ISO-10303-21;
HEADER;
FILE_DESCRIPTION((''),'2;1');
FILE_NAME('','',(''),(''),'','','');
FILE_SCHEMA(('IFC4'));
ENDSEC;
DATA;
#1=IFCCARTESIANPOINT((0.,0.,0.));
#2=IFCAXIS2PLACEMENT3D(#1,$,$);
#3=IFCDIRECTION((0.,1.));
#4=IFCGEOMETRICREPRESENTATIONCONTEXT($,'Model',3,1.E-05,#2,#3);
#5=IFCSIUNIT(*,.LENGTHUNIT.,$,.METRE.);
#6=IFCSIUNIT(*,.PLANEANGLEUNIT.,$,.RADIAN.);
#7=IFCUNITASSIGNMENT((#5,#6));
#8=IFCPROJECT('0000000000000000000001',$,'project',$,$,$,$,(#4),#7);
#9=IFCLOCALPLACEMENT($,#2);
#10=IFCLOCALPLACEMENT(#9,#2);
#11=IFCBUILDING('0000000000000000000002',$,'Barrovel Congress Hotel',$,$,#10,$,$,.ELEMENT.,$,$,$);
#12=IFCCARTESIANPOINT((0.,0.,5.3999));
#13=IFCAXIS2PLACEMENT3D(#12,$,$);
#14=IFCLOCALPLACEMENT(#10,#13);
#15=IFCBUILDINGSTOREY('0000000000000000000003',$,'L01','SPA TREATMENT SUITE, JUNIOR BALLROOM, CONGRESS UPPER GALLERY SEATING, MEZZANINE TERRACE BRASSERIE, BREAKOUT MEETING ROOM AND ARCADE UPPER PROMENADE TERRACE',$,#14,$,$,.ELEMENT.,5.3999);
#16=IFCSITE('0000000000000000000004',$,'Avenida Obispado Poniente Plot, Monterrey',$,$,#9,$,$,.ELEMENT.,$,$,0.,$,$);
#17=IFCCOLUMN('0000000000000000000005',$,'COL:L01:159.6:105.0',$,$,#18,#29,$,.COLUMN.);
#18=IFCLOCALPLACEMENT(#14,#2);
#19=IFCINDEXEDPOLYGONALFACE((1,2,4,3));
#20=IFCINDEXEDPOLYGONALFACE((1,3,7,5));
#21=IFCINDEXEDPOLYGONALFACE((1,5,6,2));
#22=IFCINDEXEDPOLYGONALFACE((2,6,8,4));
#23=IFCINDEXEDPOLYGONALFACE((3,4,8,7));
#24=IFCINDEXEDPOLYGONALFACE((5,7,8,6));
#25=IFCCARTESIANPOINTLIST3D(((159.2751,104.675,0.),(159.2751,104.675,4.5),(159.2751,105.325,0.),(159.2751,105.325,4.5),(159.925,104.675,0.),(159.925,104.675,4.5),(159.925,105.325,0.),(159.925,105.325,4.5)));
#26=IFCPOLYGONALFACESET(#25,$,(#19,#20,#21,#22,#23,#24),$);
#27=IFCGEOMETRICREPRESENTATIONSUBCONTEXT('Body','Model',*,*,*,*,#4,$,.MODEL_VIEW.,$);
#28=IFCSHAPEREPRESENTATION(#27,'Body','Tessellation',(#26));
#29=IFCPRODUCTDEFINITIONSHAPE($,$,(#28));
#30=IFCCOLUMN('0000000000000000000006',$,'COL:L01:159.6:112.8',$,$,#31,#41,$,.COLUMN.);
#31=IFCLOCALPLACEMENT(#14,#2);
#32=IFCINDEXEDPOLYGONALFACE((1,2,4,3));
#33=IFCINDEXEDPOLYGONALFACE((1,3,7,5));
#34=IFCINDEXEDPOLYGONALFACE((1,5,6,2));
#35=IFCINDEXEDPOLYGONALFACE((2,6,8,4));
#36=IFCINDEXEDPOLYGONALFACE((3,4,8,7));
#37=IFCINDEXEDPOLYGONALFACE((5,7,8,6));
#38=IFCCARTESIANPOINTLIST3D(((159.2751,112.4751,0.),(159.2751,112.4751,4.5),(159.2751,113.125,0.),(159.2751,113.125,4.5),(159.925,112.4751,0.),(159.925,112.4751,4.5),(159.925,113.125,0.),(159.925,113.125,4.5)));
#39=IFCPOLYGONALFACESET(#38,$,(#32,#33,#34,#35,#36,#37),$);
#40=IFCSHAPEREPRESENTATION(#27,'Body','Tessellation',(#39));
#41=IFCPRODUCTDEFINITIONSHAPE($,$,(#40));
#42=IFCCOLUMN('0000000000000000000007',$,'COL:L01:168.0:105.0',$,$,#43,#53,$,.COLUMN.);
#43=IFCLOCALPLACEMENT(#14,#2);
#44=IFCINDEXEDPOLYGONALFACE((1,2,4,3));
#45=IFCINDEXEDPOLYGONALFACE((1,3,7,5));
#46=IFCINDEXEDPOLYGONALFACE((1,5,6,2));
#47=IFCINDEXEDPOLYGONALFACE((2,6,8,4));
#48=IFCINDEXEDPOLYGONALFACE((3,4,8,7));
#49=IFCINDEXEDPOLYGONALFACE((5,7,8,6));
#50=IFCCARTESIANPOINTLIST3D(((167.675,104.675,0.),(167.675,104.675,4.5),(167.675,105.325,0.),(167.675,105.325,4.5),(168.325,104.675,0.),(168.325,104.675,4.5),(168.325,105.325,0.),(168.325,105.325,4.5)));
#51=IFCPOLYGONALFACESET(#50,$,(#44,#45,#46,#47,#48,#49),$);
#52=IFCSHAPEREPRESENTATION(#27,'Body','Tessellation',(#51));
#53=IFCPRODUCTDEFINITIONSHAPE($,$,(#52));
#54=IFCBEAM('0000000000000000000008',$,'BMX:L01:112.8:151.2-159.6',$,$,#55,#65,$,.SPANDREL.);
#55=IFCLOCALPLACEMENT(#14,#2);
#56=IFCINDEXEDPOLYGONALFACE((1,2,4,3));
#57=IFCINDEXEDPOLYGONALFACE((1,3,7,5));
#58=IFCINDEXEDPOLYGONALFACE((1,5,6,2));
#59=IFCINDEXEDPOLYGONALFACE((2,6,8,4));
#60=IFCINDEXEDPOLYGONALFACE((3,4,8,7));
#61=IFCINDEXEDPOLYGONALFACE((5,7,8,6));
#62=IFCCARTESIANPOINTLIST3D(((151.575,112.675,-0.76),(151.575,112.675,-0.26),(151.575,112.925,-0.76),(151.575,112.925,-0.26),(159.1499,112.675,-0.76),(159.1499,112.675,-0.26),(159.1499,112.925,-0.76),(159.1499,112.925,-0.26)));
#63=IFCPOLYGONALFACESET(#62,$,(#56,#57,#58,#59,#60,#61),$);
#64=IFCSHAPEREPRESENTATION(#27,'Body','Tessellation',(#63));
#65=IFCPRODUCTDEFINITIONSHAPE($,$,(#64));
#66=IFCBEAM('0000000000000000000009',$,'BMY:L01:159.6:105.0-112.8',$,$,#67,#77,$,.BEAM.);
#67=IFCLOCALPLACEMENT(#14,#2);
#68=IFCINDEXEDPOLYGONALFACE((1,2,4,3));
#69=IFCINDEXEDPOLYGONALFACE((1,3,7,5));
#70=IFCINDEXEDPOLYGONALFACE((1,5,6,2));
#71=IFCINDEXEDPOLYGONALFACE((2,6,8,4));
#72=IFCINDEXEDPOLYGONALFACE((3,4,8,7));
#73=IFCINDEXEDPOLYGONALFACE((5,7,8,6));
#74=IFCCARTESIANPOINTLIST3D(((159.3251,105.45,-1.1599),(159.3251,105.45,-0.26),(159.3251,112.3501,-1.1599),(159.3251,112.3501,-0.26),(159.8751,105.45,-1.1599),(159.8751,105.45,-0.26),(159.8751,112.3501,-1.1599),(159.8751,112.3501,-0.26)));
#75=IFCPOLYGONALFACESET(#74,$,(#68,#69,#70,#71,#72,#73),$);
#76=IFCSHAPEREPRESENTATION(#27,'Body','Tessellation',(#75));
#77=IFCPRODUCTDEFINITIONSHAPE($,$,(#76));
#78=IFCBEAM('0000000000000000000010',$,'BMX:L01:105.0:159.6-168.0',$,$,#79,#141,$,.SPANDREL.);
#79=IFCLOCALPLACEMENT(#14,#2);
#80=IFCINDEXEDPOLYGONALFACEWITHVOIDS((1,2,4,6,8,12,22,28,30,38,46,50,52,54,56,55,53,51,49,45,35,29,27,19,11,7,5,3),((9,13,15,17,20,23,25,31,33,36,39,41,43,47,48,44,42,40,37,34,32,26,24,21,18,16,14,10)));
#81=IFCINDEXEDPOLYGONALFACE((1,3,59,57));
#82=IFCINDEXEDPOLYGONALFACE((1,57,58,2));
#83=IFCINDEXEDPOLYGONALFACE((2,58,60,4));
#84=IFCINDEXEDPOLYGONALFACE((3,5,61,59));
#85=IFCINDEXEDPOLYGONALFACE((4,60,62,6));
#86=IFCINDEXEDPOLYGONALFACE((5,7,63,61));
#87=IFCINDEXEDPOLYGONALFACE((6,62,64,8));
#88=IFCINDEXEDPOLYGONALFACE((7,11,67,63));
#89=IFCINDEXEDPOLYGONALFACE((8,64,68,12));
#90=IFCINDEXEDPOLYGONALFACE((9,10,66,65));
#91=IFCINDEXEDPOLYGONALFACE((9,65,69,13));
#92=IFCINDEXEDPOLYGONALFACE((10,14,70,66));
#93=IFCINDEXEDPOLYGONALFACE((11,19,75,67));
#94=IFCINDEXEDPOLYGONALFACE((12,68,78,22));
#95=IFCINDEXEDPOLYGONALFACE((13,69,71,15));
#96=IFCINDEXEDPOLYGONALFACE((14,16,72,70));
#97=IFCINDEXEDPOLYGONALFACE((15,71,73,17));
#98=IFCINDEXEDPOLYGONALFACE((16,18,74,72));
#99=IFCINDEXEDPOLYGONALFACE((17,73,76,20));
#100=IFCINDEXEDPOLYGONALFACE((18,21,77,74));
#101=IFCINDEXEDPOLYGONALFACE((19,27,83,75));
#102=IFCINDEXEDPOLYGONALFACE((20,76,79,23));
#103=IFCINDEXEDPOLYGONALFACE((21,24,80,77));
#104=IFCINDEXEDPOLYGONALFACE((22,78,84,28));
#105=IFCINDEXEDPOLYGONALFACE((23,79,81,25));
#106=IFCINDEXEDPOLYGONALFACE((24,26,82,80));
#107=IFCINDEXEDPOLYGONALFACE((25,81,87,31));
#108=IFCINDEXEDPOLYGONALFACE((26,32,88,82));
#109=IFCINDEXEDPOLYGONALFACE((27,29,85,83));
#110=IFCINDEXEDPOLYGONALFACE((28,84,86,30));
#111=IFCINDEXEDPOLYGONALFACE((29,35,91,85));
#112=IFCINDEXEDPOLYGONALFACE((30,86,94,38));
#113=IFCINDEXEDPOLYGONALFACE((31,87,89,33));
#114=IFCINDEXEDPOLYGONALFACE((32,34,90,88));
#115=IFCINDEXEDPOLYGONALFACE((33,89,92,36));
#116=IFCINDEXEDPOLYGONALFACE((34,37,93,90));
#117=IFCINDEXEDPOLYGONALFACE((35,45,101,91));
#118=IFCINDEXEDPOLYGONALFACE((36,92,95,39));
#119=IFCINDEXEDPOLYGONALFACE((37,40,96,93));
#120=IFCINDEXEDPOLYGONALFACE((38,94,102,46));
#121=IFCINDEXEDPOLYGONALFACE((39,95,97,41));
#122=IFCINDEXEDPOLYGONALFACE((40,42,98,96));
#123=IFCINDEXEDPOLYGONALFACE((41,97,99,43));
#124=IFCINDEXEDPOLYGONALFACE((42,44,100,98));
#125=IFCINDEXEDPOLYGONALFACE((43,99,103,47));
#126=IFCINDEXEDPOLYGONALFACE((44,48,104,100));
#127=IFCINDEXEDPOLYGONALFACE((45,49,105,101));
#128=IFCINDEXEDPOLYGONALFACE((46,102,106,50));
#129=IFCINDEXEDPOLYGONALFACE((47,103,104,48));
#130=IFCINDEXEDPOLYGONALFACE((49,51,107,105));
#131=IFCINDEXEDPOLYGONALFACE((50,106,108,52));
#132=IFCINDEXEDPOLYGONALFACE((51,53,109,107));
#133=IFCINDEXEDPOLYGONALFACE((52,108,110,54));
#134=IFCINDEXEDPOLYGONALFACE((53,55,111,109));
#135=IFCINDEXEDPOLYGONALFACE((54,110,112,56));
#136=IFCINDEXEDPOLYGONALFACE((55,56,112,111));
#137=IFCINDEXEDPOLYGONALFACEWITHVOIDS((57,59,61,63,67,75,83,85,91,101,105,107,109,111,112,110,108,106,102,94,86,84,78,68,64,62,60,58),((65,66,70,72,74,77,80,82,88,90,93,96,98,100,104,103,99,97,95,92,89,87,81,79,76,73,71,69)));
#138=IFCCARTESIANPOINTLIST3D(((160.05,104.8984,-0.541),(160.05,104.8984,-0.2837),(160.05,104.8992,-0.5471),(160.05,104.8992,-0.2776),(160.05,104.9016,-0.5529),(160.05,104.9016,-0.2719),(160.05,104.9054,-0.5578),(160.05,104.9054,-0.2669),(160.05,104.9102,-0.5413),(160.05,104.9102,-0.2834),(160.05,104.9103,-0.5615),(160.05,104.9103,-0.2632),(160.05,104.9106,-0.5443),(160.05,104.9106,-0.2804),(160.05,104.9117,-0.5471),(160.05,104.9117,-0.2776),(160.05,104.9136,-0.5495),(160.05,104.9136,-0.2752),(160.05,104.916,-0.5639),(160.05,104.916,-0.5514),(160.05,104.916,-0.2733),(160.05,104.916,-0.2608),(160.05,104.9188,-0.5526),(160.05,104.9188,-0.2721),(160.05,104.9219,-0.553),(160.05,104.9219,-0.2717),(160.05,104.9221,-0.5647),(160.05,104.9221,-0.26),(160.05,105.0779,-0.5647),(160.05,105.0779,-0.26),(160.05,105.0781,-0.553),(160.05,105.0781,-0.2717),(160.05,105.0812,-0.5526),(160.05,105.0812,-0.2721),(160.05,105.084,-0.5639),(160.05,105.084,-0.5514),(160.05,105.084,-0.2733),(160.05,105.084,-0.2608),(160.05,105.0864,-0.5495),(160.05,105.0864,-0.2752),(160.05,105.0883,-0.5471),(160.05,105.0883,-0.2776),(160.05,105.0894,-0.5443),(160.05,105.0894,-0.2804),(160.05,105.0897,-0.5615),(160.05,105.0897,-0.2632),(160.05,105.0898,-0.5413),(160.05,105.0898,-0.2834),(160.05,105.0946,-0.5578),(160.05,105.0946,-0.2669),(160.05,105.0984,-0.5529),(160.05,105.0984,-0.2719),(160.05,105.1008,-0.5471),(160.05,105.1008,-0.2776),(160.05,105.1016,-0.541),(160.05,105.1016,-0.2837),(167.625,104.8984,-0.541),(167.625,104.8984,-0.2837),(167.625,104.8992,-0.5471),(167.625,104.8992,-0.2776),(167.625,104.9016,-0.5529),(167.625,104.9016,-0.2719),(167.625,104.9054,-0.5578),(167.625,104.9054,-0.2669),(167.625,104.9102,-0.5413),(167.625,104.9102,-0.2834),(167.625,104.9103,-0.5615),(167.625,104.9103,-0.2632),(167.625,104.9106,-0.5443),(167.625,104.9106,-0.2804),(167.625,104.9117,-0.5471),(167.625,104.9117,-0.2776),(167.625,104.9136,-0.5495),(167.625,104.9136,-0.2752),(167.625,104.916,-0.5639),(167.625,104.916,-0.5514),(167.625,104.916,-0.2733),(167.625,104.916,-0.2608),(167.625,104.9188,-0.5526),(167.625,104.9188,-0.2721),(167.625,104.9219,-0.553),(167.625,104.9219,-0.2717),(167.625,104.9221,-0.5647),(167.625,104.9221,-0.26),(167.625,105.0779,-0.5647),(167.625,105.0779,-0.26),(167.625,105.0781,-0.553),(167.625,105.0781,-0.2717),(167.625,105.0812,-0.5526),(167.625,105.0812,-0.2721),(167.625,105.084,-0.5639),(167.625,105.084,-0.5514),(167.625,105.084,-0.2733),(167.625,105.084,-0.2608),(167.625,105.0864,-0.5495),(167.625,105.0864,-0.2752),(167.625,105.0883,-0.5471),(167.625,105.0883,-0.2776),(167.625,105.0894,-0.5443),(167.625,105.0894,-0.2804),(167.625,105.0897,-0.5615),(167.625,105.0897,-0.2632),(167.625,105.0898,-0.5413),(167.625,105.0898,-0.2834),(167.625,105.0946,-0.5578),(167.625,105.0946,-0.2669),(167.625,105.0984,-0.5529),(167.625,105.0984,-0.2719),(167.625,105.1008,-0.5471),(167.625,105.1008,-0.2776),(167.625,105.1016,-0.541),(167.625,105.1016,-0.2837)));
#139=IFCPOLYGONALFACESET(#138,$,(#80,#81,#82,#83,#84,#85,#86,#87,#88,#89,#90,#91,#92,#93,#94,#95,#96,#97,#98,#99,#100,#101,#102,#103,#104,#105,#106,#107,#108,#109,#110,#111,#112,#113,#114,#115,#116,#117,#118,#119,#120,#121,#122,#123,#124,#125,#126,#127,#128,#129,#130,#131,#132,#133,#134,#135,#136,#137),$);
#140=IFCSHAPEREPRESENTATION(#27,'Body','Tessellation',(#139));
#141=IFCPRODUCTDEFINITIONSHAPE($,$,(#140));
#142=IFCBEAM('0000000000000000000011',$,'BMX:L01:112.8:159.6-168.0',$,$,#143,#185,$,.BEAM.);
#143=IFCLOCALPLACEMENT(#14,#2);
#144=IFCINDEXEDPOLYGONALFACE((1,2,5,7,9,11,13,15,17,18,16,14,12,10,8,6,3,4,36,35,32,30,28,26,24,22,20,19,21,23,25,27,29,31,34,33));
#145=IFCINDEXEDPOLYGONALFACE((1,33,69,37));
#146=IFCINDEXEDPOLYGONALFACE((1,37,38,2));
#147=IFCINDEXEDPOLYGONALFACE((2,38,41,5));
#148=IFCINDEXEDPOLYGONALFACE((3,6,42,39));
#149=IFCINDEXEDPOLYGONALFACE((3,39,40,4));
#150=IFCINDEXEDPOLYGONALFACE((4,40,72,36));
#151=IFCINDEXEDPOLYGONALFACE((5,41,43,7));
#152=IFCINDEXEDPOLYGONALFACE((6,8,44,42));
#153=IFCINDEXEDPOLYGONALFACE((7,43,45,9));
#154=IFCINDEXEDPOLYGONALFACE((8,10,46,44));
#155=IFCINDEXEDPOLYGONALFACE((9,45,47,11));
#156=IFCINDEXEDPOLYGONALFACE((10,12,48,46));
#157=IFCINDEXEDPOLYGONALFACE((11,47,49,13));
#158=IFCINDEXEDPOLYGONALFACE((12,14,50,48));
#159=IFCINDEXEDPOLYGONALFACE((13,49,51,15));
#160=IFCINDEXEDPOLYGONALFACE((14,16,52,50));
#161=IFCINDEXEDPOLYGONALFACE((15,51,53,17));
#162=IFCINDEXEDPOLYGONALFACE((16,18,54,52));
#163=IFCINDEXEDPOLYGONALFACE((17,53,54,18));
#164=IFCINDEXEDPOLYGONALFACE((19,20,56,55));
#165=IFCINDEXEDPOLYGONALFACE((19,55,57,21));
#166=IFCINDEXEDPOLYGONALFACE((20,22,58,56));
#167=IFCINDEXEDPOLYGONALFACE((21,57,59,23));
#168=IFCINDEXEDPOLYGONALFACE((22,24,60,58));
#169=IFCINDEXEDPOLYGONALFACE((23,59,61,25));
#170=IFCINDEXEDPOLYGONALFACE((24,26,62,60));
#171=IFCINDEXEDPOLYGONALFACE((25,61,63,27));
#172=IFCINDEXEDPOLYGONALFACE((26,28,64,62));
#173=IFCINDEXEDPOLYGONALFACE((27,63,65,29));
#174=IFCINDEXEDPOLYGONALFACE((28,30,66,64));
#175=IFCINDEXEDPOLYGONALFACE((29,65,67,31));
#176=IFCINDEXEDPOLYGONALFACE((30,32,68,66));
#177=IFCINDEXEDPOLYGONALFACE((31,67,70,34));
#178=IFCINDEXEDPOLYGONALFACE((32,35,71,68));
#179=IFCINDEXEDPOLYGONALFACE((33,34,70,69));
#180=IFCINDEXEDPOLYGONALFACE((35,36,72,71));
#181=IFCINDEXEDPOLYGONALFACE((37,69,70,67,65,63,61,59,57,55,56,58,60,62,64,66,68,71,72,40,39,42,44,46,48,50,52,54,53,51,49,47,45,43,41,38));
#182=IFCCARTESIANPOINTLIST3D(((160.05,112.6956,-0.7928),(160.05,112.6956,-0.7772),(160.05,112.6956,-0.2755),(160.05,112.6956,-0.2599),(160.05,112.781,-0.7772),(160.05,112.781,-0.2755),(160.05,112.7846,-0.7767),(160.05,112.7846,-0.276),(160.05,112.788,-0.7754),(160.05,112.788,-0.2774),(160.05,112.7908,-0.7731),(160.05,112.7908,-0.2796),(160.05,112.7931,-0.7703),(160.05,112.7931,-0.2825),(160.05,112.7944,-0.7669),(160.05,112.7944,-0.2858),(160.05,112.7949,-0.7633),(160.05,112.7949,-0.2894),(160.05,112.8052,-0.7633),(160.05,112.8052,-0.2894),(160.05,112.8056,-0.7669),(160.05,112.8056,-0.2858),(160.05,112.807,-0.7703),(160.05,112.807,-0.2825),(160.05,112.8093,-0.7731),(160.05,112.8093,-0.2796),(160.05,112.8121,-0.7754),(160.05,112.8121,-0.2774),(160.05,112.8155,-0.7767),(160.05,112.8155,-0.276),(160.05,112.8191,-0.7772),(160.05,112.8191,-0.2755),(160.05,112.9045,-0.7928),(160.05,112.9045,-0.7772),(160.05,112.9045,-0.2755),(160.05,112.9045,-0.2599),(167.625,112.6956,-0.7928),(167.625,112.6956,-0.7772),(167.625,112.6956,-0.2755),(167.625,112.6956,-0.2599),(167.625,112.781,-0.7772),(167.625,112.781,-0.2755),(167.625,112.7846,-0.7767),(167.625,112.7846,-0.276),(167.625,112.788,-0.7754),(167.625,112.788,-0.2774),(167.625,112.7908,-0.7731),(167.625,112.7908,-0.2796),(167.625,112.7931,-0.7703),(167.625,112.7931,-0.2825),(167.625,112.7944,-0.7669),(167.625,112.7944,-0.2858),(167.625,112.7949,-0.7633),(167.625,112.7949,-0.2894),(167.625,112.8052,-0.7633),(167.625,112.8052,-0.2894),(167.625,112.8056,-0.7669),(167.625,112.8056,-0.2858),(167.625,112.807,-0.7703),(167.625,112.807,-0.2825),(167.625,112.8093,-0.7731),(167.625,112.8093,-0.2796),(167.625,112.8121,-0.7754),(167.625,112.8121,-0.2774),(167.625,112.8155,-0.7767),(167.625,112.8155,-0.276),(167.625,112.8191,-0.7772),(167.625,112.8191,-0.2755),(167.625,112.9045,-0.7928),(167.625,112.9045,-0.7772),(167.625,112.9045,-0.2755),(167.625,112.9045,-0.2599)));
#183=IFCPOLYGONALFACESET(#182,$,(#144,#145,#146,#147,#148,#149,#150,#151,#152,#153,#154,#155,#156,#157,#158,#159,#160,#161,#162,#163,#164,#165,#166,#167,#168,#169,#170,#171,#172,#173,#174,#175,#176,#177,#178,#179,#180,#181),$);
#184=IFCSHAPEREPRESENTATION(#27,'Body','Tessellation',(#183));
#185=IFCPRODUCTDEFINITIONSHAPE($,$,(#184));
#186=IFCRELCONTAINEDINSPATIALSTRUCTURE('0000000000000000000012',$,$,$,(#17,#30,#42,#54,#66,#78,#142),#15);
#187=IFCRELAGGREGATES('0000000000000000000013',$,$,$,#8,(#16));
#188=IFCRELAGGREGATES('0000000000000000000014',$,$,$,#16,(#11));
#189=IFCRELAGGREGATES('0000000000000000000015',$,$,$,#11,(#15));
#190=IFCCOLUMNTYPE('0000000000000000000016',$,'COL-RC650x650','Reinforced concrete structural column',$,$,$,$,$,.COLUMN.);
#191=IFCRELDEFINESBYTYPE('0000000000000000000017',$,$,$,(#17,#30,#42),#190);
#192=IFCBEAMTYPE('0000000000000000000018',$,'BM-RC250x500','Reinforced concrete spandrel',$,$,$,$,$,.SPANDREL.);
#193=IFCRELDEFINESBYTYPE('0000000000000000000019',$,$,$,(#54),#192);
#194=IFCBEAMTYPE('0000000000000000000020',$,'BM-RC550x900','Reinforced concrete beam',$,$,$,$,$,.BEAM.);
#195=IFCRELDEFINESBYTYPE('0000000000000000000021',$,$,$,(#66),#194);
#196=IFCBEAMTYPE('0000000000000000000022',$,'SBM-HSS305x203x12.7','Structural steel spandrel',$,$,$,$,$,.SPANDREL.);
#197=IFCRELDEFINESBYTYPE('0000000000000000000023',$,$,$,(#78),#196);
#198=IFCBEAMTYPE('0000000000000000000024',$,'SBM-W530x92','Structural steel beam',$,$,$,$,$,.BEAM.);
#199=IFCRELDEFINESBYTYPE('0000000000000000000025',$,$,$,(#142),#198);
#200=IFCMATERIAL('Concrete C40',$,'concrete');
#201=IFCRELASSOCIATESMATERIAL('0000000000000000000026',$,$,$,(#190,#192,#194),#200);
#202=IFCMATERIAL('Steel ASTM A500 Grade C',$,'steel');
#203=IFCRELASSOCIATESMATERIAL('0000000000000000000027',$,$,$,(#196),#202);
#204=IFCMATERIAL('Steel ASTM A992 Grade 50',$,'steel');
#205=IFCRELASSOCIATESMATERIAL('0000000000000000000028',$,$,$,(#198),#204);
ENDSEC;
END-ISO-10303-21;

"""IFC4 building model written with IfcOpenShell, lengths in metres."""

from ifc_helpers import new_model, si_unit, direction, frame, origin, origin_2d, place, context, subcontext, project, spatial, rectangle, hollow_rectangle, i_section, extrude, material, material_profile, profile_set, type_object, element, save


model = new_model("IFC4")

# Units and contexts
model_context = context("Model", 3, precision=1e-05, world=origin(), true_north=direction((0.0, 1.0)))
body_context = subcontext(model_context, "Body", "Model", "MODEL_VIEW")
ifc_project = project(units=[si_unit("LENGTHUNIT", "METRE"), si_unit("PLANEANGLEUNIT", "RADIAN")], contexts=[model_context])

# Site, building, storey
site_placement = place(None, origin())
site = spatial("IfcSite", under=ifc_project, at=site_placement, Name="Avenida Obispado Poniente Plot, Monterrey", CompositionType="ELEMENT", RefElevation=0.0)
building_placement = place(site_placement, origin())
building = spatial("IfcBuilding", under=site, at=building_placement, Name="Barrovel Congress Hotel", CompositionType="ELEMENT")
storey_placement = place(building_placement, frame((0.0, 0.0, 5.3999)))
storey = spatial("IfcBuildingStorey", under=building, at=storey_placement, Name="L01", Description="SPA TREATMENT SUITE, JUNIOR BALLROOM, CONGRESS UPPER GALLERY SEATING, MEZZANINE TERRACE BRASSERIE, BREAKOUT MEETING ROOM AND ARCADE UPPER PROMENADE TERRACE", CompositionType="ELEMENT", Elevation=5.3999)

# Columns
ifc_material_1 = material(Name="Concrete C40", Category="concrete")
ifc_material_profile_1 = material_profile(ifc_material_1, rectangle(XDim=0.6499, YDim=0.6499, at=origin_2d()), Name="RC650x650")
ifc_profile_set_1 = profile_set([ifc_material_profile_1], Name="Concrete C40")
column_type = type_object("IfcColumnType", Name="COL-RC650x650", Description="Reinforced concrete structural column", PredefinedType="COLUMN", material=ifc_profile_set_1)
for number, where, z_axis, x_axis, name in (
    (1, (159.6001, 105.0, 0.0), (0.0, 0.0, 1.0), (1.0, 0.0, 0.0), "COL:L01:159.6:105.0"),
    (2, (159.6001, 112.8, 0.0), (0.0, 0.0, 1.0), (1.0, 0.0, 0.0), "COL:L01:159.6:112.8"),
    (3, (168.0, 105.0, 0.0), (0.0, 0.0, 1.0), (1.0, 0.0, 0.0), "COL:L01:168.0:105.0"),
):
    element("IfcColumn", number, at=place(storey_placement, frame(where, z_axis=z_axis, x_axis=x_axis)), inside=storey, type_object=column_type, Name=name, PredefinedType="COLUMN", context=body_context, shape_type="SweptSolid", body=[
        extrude(rectangle(XDim=0.6499, YDim=0.6499, at=origin_2d()), origin(), (0.0, 0.0, 1.0), 4.5),
    ])

# Beams
ifc_material_profile_2 = material_profile(ifc_material_1, rectangle(XDim=0.25, YDim=0.5, at=origin_2d()), Name="RC250x500")
ifc_profile_set_2 = profile_set([ifc_material_profile_2], Name="Concrete C40")
beam_type_1 = type_object("IfcBeamType", Name="BM-RC250x500", Description="Reinforced concrete spandrel", PredefinedType="SPANDREL", material=ifc_profile_set_2)
beam_1_placement = place(storey_placement, frame((151.575, 112.8, -0.51), z_axis=(1.0, 0.0, 0.0), x_axis=(0.0, 1.0, 0.0)))
element("IfcBeam", 4, at=beam_1_placement, inside=storey, type_object=beam_type_1, Name="BMX:L01:112.8:151.2-159.6", PredefinedType="SPANDREL", context=body_context, shape_type="SweptSolid", body=[
    extrude(rectangle(XDim=0.25, YDim=0.5, at=origin_2d()), origin(), (0.0, 0.0, 1.0), 7.575),
])
ifc_material_profile_3 = material_profile(ifc_material_1, rectangle(XDim=0.55, YDim=0.8999, at=origin_2d()), Name="RC550x900")
ifc_profile_set_3 = profile_set([ifc_material_profile_3], Name="Concrete C40")
beam_type_2 = type_object("IfcBeamType", Name="BM-RC550x900", Description="Reinforced concrete beam", PredefinedType="BEAM", material=ifc_profile_set_3)
beam_2_placement = place(storey_placement, frame((159.6001, 105.45, -0.71), z_axis=(0.0, 1.0, 0.0), x_axis=(-1.0, 0.0, 0.0)))
element("IfcBeam", 5, at=beam_2_placement, inside=storey, type_object=beam_type_2, Name="BMY:L01:159.6:105.0-112.8", PredefinedType="BEAM", context=body_context, shape_type="SweptSolid", body=[
    extrude(rectangle(XDim=0.55, YDim=0.8999, at=origin_2d()), origin(), (0.0, 0.0, 1.0), 6.9001),
])
ifc_material_2 = material(Name="Steel ASTM A500 Grade C", Category="steel")
ifc_material_profile_4 = material_profile(ifc_material_2, hollow_rectangle(XDim=0.2031, YDim=0.3047, WallThickness=0.0117, InnerFilletRadius=0.0117, OuterFilletRadius=0.0237, at=origin_2d()), Name="HSS305x203x12.7")
ifc_profile_set_4 = profile_set([ifc_material_profile_4], Name="Steel ASTM A500 Grade C")
beam_type_3 = type_object("IfcBeamType", Name="SBM-HSS305x203x12.7", Description="Structural steel spandrel", PredefinedType="SPANDREL", material=ifc_profile_set_4)
beam_3_placement = place(storey_placement, frame((160.05, 105.0, -0.4124), z_axis=(1.0, 0.0, 0.0), x_axis=(0.0, 1.0, 0.0)))
element("IfcBeam", 6, at=beam_3_placement, inside=storey, type_object=beam_type_3, Name="BMX:L01:105.0:159.6-168.0", PredefinedType="SPANDREL", context=body_context, shape_type="SweptSolid", body=[
    extrude(hollow_rectangle(XDim=0.2031, YDim=0.3047, WallThickness=0.0117, InnerFilletRadius=0.0117, OuterFilletRadius=0.0237, at=origin_2d()), origin(), (0.0, 0.0, 1.0), 7.575),
])
ifc_material_3 = material(Name="Steel ASTM A992 Grade 50", Category="steel")
ifc_material_profile_5 = material_profile(ifc_material_3, i_section(OverallWidth=0.209, OverallDepth=0.533, WebThickness=0.0103, FlangeThickness=0.0156, FilletRadius=0.0139, at=origin_2d()), Name="W530x92")
ifc_profile_set_5 = profile_set([ifc_material_profile_5], Name="Steel ASTM A992 Grade 50")
beam_type_4 = type_object("IfcBeamType", Name="SBM-W530x92", Description="Structural steel beam", PredefinedType="BEAM", material=ifc_profile_set_5)
beam_4_placement = place(storey_placement, frame((160.05, 112.8, -0.5264), z_axis=(1.0, 0.0, 0.0), x_axis=(0.0, 1.0, 0.0)))
element("IfcBeam", 7, at=beam_4_placement, inside=storey, type_object=beam_type_4, Name="BMX:L01:112.8:159.6-168.0", PredefinedType="BEAM", context=body_context, shape_type="SweptSolid", body=[
    extrude(i_section(OverallWidth=0.209, OverallDepth=0.533, WebThickness=0.0103, FlangeThickness=0.0156, FilletRadius=0.0139, at=origin_2d()), origin(), (0.0, 0.0, 1.0), 7.575),
])

save(model, "model.ifc")
